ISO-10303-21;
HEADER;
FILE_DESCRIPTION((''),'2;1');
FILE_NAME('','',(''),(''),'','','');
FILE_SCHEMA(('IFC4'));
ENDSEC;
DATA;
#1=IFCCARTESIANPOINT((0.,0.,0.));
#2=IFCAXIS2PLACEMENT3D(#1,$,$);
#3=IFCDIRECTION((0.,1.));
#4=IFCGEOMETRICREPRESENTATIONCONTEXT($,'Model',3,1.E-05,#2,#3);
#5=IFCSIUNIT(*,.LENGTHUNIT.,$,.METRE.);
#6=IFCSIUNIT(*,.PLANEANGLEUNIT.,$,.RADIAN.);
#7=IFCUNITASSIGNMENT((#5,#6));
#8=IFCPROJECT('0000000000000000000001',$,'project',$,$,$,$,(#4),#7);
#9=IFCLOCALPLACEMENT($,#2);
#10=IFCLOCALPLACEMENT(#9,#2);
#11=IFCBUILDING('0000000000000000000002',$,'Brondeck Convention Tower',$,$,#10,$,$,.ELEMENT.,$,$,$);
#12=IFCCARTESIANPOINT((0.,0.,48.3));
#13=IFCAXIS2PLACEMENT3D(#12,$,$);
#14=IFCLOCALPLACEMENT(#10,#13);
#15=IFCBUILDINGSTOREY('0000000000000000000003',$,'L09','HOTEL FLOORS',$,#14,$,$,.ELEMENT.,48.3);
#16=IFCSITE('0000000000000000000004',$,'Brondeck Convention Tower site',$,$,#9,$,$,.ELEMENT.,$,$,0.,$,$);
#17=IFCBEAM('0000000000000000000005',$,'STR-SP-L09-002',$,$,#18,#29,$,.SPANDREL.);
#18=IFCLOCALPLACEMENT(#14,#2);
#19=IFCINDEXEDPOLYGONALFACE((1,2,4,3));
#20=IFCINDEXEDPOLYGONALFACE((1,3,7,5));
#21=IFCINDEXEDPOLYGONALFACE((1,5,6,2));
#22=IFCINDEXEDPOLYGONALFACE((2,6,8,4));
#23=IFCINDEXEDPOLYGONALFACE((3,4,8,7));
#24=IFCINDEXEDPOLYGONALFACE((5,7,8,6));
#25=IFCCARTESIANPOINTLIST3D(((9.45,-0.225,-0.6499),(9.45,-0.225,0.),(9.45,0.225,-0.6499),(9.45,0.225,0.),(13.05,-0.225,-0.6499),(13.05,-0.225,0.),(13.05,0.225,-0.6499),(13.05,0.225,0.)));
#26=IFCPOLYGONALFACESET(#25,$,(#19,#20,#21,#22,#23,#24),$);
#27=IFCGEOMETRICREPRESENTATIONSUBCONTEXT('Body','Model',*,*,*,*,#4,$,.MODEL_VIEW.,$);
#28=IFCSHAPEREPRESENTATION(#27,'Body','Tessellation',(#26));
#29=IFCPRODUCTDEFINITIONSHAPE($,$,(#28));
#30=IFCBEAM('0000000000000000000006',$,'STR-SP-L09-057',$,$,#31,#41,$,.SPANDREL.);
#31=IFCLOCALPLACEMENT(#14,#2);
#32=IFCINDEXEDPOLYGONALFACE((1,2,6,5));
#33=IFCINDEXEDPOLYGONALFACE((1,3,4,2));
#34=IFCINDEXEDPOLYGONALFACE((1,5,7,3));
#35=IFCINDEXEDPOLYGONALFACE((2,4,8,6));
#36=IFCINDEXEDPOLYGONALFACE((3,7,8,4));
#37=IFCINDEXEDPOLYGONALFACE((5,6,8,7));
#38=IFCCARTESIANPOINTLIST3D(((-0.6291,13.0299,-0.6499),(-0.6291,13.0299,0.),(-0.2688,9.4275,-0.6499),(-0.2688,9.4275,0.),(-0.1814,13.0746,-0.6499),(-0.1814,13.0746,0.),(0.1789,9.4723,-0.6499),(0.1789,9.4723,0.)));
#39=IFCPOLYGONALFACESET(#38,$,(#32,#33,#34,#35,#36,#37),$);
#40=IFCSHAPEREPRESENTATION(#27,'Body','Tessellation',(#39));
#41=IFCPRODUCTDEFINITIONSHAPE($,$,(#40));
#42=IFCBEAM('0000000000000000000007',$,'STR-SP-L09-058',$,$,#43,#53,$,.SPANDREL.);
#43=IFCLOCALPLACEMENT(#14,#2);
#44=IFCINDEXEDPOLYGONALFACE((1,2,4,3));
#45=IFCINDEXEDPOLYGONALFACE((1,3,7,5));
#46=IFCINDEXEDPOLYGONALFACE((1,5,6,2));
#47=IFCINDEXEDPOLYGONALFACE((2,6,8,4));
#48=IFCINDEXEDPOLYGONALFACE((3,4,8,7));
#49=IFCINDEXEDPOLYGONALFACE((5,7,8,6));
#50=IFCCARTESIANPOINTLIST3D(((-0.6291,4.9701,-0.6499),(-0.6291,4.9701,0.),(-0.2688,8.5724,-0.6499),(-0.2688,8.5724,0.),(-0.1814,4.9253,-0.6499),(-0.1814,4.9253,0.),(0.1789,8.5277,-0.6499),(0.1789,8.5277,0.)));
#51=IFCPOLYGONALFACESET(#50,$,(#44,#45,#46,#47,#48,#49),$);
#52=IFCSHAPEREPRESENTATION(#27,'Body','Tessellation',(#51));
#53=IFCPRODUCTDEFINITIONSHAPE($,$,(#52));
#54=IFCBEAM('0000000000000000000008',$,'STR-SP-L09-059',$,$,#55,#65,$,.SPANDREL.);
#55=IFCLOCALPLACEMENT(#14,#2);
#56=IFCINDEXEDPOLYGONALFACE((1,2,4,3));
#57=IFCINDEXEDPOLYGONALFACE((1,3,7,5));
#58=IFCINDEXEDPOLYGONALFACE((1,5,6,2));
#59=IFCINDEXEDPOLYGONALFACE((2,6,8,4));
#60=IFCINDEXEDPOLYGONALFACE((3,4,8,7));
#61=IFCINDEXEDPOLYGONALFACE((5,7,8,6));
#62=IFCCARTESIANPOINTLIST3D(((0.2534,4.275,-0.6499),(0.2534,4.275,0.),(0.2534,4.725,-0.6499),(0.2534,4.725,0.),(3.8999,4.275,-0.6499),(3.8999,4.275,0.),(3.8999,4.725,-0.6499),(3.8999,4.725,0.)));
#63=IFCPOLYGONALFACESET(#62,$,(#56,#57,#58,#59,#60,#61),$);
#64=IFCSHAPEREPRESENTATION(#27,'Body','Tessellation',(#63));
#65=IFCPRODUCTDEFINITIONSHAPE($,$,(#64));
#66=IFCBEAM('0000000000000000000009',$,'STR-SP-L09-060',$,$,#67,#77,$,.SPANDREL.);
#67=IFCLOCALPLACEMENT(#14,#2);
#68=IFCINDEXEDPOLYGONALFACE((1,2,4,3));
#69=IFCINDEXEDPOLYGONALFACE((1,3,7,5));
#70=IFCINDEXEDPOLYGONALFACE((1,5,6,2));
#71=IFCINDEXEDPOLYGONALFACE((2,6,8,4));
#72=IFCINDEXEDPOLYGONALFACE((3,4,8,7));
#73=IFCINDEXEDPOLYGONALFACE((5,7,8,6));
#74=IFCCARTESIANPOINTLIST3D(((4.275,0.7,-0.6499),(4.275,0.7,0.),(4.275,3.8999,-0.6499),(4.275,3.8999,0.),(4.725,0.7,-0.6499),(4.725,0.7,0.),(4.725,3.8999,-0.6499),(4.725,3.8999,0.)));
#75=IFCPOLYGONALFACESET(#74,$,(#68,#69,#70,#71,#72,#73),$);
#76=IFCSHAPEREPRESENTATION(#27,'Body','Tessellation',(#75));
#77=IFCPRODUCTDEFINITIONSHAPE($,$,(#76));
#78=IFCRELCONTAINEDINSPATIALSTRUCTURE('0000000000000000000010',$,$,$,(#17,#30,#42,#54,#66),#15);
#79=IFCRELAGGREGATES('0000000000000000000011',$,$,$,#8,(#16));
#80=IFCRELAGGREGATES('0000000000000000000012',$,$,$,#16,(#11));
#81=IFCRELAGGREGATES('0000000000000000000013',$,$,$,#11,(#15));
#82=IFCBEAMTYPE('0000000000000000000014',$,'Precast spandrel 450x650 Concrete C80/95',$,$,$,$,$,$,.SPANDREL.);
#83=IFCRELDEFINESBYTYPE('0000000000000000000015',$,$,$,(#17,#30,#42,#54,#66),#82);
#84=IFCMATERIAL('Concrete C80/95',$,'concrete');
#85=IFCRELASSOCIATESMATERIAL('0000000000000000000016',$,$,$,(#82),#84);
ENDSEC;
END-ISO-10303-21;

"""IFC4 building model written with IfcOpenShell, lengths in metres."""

from ifc_helpers import new_model, si_unit, direction, frame, origin, origin_2d, place, context, subcontext, project, spatial, rectangle, extrude, material, material_profile, profile_set, type_object, element, save


model = new_model("IFC4")

# Units and contexts
model_context = context("Model", 3, precision=1e-05, world=origin(), true_north=direction((0.0, 1.0)))
body_context = subcontext(model_context, "Body", "Model", "MODEL_VIEW")
ifc_project = project(units=[si_unit("LENGTHUNIT", "METRE"), si_unit("PLANEANGLEUNIT", "RADIAN")], contexts=[model_context])

# Site, building, storey
site_placement = place(None, origin())
site = spatial("IfcSite", under=ifc_project, at=site_placement, Name="Brondeck Convention Tower site", CompositionType="ELEMENT", RefElevation=0.0)
building_placement = place(site_placement, origin())
building = spatial("IfcBuilding", under=site, at=building_placement, Name="Brondeck Convention Tower", CompositionType="ELEMENT")
storey_placement = place(building_placement, frame((0.0, 0.0, 48.3)))
storey = spatial("IfcBuildingStorey", under=building, at=storey_placement, Name="L09", Description="HOTEL FLOORS", CompositionType="ELEMENT", Elevation=48.3)

# Shared definitions
ifc_material_1 = material(Name="Concrete C80/95", Category="concrete")

# Beams
ifc_material_profile_1 = material_profile(ifc_material_1, rectangle(XDim=0.45, YDim=0.6499, at=origin_2d()), Name="Precast spandrel 450x650 Concrete C80/95")
ifc_profile_set_1 = profile_set([ifc_material_profile_1], Name="Concrete C80/95")
beam_type_1 = type_object("IfcBeamType", Name="Precast spandrel 450x650 Concrete C80/95", PredefinedType="SPANDREL", material=ifc_profile_set_1)
for number, where, z_axis, x_axis, name in (
    (1, (9.45, 0.0, -0.325), (1.0, 0.0, 0.0), (0.0, 1.0, 0.0), "STR-SP-L09-002"),
):
    element("IfcBeam", number, at=place(storey_placement, frame(where, z_axis=z_axis, x_axis=x_axis)), inside=storey, type_object=beam_type_1, Name=name, PredefinedType="SPANDREL", context=body_context, shape_type="SweptSolid", body=[
        extrude(rectangle(XDim=0.45, YDim=0.6499, at=origin_2d()), origin(), (0.0, 0.0, 1.0), 3.6001),
    ])
for number, where, z_axis, x_axis, name in (
    (2, (-0.4053, 13.0522, -0.325), (0.099537, -0.995034, 0.0), (0.995034, 0.099537, 0.0), "STR-SP-L09-057"),
    (3, (-0.0449, 8.55, -0.325), (-0.099537, -0.995034, 0.0), (0.995034, -0.099537, 0.0), "STR-SP-L09-058"),
):
    element("IfcBeam", number, at=place(storey_placement, frame(where, z_axis=z_axis, x_axis=x_axis)), inside=storey, type_object=beam_type_1, Name=name, PredefinedType="SPANDREL", context=body_context, shape_type="SweptSolid", body=[
        extrude(rectangle(XDim=0.45, YDim=0.6499, at=origin_2d()), origin(), (0.0, 0.0, 1.0), 3.6204),
    ])
beam_1_placement = place(storey_placement, frame((0.2534, 4.5, -0.325), z_axis=(1.0, 0.0, 0.0), x_axis=(0.0, 1.0, 0.0)))
element("IfcBeam", 4, at=beam_1_placement, inside=storey, type_object=beam_type_1, Name="STR-SP-L09-059", PredefinedType="SPANDREL", context=body_context, shape_type="SweptSolid", body=[
    extrude(rectangle(XDim=0.45, YDim=0.6499, at=origin_2d()), origin(), (0.0, 0.0, 1.0), 3.6465),
])
beam_2_placement = place(storey_placement, frame((4.5, 3.8999, -0.325), z_axis=(0.0, -1.0, 0.0), x_axis=(1.0, 0.0, 0.0)))
element("IfcBeam", 5, at=beam_2_placement, inside=storey, type_object=beam_type_1, Name="STR-SP-L09-060", PredefinedType="SPANDREL", context=body_context, shape_type="SweptSolid", body=[
    extrude(rectangle(XDim=0.45, YDim=0.6499, at=origin_2d()), origin(), (0.0, 0.0, 1.0), 3.2),
])

save(model, "model.ifc")
